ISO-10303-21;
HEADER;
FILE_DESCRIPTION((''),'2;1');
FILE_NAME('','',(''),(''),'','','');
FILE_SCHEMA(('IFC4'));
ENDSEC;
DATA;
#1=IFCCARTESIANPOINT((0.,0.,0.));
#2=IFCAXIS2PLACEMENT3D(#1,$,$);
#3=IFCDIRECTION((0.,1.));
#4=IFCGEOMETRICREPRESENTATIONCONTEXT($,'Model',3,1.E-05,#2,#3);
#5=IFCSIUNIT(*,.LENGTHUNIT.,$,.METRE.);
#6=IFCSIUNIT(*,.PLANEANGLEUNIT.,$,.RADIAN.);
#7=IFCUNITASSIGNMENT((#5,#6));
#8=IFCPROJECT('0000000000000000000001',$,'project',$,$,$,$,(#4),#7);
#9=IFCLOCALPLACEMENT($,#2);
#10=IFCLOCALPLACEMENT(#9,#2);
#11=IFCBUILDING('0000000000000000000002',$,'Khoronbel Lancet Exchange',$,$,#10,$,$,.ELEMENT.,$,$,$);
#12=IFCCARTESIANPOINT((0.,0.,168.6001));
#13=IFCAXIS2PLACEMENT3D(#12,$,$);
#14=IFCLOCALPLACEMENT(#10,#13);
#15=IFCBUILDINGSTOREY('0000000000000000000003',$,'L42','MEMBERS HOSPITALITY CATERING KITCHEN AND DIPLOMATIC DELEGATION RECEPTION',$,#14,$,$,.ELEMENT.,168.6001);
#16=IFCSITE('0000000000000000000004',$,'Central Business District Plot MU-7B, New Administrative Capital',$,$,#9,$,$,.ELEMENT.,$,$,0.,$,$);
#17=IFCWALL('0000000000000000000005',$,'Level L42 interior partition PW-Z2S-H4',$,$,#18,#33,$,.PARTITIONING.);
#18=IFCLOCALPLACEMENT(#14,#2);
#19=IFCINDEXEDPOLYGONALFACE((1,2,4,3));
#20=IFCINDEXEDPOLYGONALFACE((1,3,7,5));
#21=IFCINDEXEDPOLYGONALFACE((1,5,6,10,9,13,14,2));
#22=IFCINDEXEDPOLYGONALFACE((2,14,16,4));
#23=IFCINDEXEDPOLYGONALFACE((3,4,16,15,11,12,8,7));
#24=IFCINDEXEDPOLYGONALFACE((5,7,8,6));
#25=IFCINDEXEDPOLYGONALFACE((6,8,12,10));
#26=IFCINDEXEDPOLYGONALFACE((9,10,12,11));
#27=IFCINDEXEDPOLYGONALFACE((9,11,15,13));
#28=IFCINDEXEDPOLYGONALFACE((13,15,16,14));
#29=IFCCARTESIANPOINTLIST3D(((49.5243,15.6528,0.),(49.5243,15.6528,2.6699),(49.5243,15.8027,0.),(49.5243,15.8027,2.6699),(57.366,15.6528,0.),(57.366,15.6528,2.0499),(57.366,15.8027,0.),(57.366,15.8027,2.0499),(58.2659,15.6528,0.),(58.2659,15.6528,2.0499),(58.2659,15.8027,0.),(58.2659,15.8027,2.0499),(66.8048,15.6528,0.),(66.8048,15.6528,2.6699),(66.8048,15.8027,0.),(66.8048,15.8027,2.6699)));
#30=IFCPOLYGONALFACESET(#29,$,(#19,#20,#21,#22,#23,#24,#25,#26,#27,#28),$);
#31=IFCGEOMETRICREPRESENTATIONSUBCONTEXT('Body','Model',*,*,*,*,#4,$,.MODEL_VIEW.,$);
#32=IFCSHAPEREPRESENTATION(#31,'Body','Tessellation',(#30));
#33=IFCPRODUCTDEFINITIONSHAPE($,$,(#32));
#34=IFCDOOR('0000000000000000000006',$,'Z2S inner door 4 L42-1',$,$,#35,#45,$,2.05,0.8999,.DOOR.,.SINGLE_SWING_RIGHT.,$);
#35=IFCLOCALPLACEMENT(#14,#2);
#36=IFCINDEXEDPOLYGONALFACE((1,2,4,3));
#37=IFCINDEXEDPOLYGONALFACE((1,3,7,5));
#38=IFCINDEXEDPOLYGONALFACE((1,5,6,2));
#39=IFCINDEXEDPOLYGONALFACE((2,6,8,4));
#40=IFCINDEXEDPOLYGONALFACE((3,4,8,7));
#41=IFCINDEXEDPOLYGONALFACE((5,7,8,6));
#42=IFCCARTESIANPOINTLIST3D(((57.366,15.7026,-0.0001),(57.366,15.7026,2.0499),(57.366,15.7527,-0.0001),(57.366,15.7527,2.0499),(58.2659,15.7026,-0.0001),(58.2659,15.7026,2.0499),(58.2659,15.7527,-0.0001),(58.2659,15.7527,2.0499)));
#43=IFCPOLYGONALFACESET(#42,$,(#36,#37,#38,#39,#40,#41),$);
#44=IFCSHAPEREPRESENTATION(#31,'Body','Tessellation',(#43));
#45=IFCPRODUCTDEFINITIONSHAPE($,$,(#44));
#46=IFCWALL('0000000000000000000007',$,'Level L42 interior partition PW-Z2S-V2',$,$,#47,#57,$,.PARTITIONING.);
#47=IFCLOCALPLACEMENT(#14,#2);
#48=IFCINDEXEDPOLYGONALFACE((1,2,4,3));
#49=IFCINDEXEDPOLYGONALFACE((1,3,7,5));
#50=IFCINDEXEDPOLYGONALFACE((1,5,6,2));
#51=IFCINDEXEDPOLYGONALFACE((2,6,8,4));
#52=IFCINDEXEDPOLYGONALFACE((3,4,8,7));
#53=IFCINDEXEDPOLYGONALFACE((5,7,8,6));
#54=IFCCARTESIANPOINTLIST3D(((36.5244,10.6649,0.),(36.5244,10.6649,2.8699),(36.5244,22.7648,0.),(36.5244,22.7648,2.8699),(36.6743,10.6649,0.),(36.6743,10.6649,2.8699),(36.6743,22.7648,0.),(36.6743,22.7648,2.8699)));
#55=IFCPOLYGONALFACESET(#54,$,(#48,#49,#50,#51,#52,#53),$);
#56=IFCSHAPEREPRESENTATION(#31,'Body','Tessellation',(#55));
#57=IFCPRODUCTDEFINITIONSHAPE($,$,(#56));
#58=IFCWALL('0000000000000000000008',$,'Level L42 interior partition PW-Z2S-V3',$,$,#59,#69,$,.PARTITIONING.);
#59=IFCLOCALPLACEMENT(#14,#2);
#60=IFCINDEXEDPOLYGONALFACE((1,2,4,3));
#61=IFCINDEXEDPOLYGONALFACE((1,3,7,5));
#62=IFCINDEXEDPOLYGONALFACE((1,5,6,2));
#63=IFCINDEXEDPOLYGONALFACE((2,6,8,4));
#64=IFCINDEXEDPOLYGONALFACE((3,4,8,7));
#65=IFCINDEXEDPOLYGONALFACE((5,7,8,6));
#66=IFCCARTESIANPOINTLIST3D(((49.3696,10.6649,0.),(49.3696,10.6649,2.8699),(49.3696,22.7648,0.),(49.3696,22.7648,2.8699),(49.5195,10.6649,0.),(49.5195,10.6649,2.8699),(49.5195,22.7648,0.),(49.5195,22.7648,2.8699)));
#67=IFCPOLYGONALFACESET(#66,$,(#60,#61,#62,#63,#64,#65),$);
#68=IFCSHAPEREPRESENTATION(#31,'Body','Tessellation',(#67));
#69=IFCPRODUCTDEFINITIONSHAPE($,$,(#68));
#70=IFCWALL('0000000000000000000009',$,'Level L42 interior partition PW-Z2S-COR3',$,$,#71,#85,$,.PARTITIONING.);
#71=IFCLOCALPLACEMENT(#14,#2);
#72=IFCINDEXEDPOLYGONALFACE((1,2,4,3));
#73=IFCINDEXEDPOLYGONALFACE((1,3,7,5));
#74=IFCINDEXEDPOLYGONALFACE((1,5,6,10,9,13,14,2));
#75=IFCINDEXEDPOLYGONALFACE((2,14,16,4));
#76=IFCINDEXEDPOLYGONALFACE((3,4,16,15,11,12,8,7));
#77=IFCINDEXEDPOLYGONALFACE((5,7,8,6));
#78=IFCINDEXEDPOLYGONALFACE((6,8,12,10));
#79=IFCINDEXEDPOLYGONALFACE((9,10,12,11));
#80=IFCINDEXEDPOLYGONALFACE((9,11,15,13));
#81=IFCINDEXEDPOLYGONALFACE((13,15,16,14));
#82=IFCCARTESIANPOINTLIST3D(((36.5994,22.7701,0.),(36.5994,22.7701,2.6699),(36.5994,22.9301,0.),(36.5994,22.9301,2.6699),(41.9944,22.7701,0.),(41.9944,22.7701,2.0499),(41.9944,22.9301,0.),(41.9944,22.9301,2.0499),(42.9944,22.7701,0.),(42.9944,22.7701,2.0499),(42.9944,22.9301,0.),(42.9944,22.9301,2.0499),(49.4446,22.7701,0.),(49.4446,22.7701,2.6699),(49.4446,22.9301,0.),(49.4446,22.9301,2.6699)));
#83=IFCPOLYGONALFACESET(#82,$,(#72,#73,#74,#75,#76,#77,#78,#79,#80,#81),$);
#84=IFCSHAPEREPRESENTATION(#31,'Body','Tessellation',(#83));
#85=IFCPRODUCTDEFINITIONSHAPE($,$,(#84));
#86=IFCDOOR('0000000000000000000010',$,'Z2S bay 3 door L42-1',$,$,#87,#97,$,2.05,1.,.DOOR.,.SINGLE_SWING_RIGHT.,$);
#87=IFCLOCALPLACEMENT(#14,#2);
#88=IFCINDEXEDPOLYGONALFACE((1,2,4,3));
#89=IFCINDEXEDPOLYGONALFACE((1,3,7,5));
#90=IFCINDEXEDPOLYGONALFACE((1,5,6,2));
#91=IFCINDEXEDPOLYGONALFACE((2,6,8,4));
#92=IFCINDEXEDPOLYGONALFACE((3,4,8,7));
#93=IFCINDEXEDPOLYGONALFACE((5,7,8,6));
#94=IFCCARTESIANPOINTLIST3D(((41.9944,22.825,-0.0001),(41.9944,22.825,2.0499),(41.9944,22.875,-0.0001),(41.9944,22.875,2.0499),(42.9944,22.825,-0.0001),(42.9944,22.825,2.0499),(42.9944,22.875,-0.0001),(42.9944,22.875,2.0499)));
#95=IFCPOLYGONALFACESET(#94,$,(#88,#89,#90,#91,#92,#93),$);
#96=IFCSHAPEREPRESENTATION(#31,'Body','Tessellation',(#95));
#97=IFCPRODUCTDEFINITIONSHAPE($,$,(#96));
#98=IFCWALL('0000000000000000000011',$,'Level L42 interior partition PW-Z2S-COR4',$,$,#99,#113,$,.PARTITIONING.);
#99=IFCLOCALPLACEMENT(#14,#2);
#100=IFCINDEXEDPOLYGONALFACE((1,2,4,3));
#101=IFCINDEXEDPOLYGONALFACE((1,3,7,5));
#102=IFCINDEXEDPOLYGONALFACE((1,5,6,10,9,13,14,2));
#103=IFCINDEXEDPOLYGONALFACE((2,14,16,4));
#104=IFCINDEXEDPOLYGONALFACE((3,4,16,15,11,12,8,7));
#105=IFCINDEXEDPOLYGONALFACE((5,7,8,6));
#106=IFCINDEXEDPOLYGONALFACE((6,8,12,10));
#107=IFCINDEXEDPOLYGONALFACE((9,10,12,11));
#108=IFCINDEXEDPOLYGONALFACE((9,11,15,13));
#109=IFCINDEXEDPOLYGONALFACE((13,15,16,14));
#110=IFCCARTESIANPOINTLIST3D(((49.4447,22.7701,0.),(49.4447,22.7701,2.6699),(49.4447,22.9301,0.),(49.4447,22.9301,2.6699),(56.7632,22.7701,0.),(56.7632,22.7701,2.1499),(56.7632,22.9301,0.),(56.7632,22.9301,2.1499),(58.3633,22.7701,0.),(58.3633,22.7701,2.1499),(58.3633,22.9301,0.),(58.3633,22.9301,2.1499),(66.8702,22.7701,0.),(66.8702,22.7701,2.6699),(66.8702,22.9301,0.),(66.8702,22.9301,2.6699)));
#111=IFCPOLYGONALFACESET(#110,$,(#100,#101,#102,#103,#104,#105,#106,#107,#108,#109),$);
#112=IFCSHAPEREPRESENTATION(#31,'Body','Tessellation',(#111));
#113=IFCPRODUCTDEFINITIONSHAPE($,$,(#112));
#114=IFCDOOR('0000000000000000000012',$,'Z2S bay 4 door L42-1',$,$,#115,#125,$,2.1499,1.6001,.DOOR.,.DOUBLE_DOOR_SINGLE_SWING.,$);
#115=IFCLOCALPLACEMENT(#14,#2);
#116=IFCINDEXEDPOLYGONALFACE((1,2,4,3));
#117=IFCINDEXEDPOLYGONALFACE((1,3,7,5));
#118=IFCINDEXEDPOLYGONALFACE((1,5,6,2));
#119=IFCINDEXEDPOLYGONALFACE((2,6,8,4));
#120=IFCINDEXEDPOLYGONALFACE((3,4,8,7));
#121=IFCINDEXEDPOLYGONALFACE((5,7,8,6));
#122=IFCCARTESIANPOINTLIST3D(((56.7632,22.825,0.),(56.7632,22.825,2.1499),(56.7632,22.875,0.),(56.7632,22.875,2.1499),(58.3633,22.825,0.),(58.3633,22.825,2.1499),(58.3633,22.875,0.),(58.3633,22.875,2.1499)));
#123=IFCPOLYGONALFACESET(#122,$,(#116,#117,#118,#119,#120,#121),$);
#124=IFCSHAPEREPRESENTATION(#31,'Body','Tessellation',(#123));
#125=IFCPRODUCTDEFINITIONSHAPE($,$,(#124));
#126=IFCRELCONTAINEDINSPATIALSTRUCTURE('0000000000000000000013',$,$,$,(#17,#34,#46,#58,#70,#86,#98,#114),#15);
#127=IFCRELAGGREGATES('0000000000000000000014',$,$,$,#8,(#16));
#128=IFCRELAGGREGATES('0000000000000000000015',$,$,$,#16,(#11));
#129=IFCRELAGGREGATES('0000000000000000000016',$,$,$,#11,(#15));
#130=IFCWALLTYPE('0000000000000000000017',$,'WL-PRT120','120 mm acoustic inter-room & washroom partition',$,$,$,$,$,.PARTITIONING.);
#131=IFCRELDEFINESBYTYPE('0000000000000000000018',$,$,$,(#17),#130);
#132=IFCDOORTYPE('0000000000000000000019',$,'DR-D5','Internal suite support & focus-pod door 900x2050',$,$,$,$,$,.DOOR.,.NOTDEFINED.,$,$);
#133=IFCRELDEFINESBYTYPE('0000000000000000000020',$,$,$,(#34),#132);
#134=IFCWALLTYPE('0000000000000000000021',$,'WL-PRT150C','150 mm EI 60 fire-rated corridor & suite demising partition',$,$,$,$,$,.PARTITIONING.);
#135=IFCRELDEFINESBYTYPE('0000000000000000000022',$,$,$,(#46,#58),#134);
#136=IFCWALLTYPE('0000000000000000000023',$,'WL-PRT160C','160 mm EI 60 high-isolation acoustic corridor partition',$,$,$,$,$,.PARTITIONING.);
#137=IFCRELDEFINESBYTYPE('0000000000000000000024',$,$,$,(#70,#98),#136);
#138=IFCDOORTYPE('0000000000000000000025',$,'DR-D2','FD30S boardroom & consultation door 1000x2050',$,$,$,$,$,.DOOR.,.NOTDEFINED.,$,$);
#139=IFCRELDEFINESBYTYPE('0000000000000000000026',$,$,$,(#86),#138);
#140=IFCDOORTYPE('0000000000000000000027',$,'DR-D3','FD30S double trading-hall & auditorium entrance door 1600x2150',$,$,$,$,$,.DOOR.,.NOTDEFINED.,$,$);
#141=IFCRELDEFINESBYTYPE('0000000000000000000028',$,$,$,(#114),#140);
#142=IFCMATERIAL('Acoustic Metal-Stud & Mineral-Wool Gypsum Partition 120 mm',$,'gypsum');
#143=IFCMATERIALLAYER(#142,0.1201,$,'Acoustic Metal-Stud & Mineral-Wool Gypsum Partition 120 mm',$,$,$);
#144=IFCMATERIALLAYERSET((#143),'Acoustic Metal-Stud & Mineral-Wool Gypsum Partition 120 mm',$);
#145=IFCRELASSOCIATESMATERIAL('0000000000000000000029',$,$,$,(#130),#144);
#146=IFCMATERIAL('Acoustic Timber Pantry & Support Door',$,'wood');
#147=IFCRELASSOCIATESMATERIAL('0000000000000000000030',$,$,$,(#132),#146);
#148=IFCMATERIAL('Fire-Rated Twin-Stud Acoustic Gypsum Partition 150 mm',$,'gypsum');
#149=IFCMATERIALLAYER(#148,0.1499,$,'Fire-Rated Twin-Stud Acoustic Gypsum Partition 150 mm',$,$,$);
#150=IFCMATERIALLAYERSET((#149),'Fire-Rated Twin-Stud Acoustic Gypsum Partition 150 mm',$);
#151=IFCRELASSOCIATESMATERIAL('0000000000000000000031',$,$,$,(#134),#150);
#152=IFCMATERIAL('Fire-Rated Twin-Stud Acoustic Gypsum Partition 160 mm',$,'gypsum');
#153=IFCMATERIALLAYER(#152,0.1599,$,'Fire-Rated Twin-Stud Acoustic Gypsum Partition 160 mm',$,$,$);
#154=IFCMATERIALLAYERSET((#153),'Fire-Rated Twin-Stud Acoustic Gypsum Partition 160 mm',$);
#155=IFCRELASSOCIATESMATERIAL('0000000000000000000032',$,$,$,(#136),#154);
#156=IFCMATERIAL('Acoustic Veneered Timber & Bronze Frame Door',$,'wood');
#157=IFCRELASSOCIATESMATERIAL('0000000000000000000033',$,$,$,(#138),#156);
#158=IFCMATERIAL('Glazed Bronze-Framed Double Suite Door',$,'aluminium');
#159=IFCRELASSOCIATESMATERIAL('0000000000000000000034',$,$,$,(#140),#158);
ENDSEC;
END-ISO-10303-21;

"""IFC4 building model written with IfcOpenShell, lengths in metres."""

from ifc_helpers import new_model, si_unit, direction, frame, frame_2d, origin, place, context, subcontext, project, spatial, rectangle, extrude, material, layer, layer_set, type_object, element, fill, save


model = new_model("IFC4")

# Units and contexts
model_context = context("Model", 3, precision=1e-05, world=origin(), true_north=direction((0.0, 1.0)))
body_context = subcontext(model_context, "Body", "Model", "MODEL_VIEW")
ifc_project = project(units=[si_unit("LENGTHUNIT", "METRE"), si_unit("PLANEANGLEUNIT", "RADIAN")], contexts=[model_context])

# Site, building, storey
site_placement = place(None, origin())
site = spatial("IfcSite", under=ifc_project, at=site_placement, Name="Central Business District Plot MU-7B, New Administrative Capital", CompositionType="ELEMENT", RefElevation=0.0)
building_placement = place(site_placement, origin())
building = spatial("IfcBuilding", under=site, at=building_placement, Name="Khoronbel Lancet Exchange", CompositionType="ELEMENT")
storey_placement = place(building_placement, frame((0.0, 0.0, 168.6001)))
storey = spatial("IfcBuildingStorey", under=building, at=storey_placement, Name="L42", Description="MEMBERS HOSPITALITY CATERING KITCHEN AND DIPLOMATIC DELEGATION RECEPTION", CompositionType="ELEMENT", Elevation=168.6001)

# Wall, opening, door
ifc_material_1 = material(Name="Acoustic Metal-Stud & Mineral-Wool Gypsum Partition 120 mm", Category="gypsum")
ifc_layer_1 = layer(ifc_material_1, 0.1201, Name="Acoustic Metal-Stud & Mineral-Wool Gypsum Partition 120 mm")
ifc_layer_set_1 = layer_set([ifc_layer_1], Name="Acoustic Metal-Stud & Mineral-Wool Gypsum Partition 120 mm")
wall_type_1 = type_object("IfcWallType", Name="WL-PRT120", Description="120 mm acoustic inter-room & washroom partition", PredefinedType="PARTITIONING", material=ifc_layer_set_1)
ifc_material_2 = material(Name="Acoustic Timber Pantry & Support Door", Category="wood")
door_type_1 = type_object("IfcDoorType", Name="DR-D5", Description="Internal suite support & focus-pod door 900x2050", OperationType="NOTDEFINED", PredefinedType="DOOR", material=ifc_material_2)
wall_1_placement = place(storey_placement, frame((49.5244, 15.7278, 0.0), z_axis=(0.0, 0.0, 1.0), x_axis=(1.0, 0.0, 0.0)))
wall_1 = element("IfcWall", 1, at=wall_1_placement, inside=storey, type_object=wall_type_1, Name="Level L42 interior partition PW-Z2S-H4", PredefinedType="PARTITIONING", context=body_context, shape_type="SweptSolid", body=[
    extrude(rectangle(XDim=17.2805, YDim=0.1499, at=frame_2d((8.6401, 0.0))), origin(), (0.0, 0.0, 1.0), 2.6699),
])
opening_1_placement = place(wall_1_placement, frame((7.8416, 0.0, 0.0)))
opening_1 = element("IfcOpeningElement", 2, at=opening_1_placement, cuts=wall_1, PredefinedType="OPENING", context=body_context, shape_type="SweptSolid", body=[
    extrude(rectangle(XDim=0.8999, YDim=2.05, at=frame_2d((0.45, 1.0249))), frame((0.0, 0.085, 0.0), z_axis=(0.0, -1.0, 0.0), x_axis=(1.0, 0.0, 0.0)), (0.0, 0.0, 1.0), 0.1699),
])
door_1_placement = place(opening_1_placement, origin())
door_1 = element("IfcDoor", 3, at=door_1_placement, inside=storey, type_object=door_type_1, Name="Z2S inner door 4 L42-1", OperationType="SINGLE_SWING_RIGHT", OverallHeight=2.05, OverallWidth=0.8999, PredefinedType="DOOR", context=body_context, shape_type="SweptSolid", body=[
    extrude(rectangle(XDim=0.8999, YDim=2.05, at=frame_2d((0.45, 1.0249))), frame((0.0, 0.0249, 0.0), z_axis=(0.0, -1.0, 0.0), x_axis=(1.0, 0.0, 0.0)), (0.0, 0.0, 1.0), 0.05),
])
fill(opening_1, door_1)

# Walls
ifc_material_3 = material(Name="Fire-Rated Twin-Stud Acoustic Gypsum Partition 150 mm", Category="gypsum")
ifc_layer_2 = layer(ifc_material_3, 0.1499, Name="Fire-Rated Twin-Stud Acoustic Gypsum Partition 150 mm")
ifc_layer_set_2 = layer_set([ifc_layer_2], Name="Fire-Rated Twin-Stud Acoustic Gypsum Partition 150 mm")
wall_type_2 = type_object("IfcWallType", Name="WL-PRT150C", Description="150 mm EI 60 fire-rated corridor & suite demising partition", PredefinedType="PARTITIONING", material=ifc_layer_set_2)
for number, where, z_axis, x_axis, name in (
    (4, (36.5994, 10.665, 0.0), (0.0, 0.0, 1.0), (0.0, 1.0, 0.0), "Level L42 interior partition PW-Z2S-V2"),
    (5, (49.4446, 10.665, 0.0), (0.0, 0.0, 1.0), (0.0, 1.0, 0.0), "Level L42 interior partition PW-Z2S-V3"),
):
    element("IfcWall", number, at=place(storey_placement, frame(where, z_axis=z_axis, x_axis=x_axis)), inside=storey, type_object=wall_type_2, Name=name, PredefinedType="PARTITIONING", context=body_context, shape_type="SweptSolid", body=[
        extrude(rectangle(XDim=12.0999, YDim=0.1499, at=frame_2d((6.0498, 0.0))), origin(), (0.0, 0.0, 1.0), 2.8699),
    ])

# Walls, openings, doors
ifc_material_4 = material(Name="Fire-Rated Twin-Stud Acoustic Gypsum Partition 160 mm", Category="gypsum")
ifc_layer_3 = layer(ifc_material_4, 0.1599, Name="Fire-Rated Twin-Stud Acoustic Gypsum Partition 160 mm")
ifc_layer_set_3 = layer_set([ifc_layer_3], Name="Fire-Rated Twin-Stud Acoustic Gypsum Partition 160 mm")
wall_type_3 = type_object("IfcWallType", Name="WL-PRT160C", Description="160 mm EI 60 high-isolation acoustic corridor partition", PredefinedType="PARTITIONING", material=ifc_layer_set_3)
wall_2_placement = place(storey_placement, frame((36.5994, 22.8501, 0.0), z_axis=(0.0, 0.0, 1.0), x_axis=(1.0, 0.0, 0.0)))
wall_2 = element("IfcWall", 6, at=wall_2_placement, inside=storey, type_object=wall_type_3, Name="Level L42 interior partition PW-Z2S-COR3", PredefinedType="PARTITIONING", context=body_context, shape_type="SweptSolid", body=[
    extrude(rectangle(XDim=12.8452, YDim=0.1599, at=frame_2d((6.4226, 0.0))), origin(), (0.0, 0.0, 1.0), 2.6699),
])
opening_2_placement = place(wall_2_placement, frame((5.395, 0.0, 0.0)))
opening_2 = element("IfcOpeningElement", 7, at=opening_2_placement, cuts=wall_2, PredefinedType="OPENING", context=body_context, shape_type="SweptSolid", body=[
    extrude(rectangle(XDim=1.0, YDim=2.05, at=frame_2d((0.5, 1.0249))), frame((0.0, 0.0898, 0.0), z_axis=(0.0, -1.0, 0.0), x_axis=(1.0, 0.0, 0.0)), (0.0, 0.0, 1.0), 0.1799),
])
ifc_material_5 = material(Name="Acoustic Veneered Timber & Bronze Frame Door", Category="wood")
door_type_2 = type_object("IfcDoorType", Name="DR-D2", Description="FD30S boardroom & consultation door 1000x2050", OperationType="NOTDEFINED", PredefinedType="DOOR", material=ifc_material_5)
door_2_placement = place(opening_2_placement, origin())
door_2 = element("IfcDoor", 8, at=door_2_placement, inside=storey, type_object=door_type_2, Name="Z2S bay 3 door L42-1", OperationType="SINGLE_SWING_RIGHT", OverallHeight=2.05, OverallWidth=1.0, PredefinedType="DOOR", context=body_context, shape_type="SweptSolid", body=[
    extrude(rectangle(XDim=1.0, YDim=2.05, at=frame_2d((0.5, 1.0249))), frame((0.0, 0.0249, 0.0), z_axis=(0.0, -1.0, 0.0), x_axis=(1.0, 0.0, 0.0)), (0.0, 0.0, 1.0), 0.05),
])
fill(opening_2, door_2)
wall_3_placement = place(storey_placement, frame((49.4446, 22.8501, 0.0), z_axis=(0.0, 0.0, 1.0), x_axis=(1.0, 0.0, 0.0)))
wall_3 = element("IfcWall", 9, at=wall_3_placement, inside=storey, type_object=wall_type_3, Name="Level L42 interior partition PW-Z2S-COR4", PredefinedType="PARTITIONING", context=body_context, shape_type="SweptSolid", body=[
    extrude(rectangle(XDim=17.4255, YDim=0.1599, at=frame_2d((8.7129, 0.0))), origin(), (0.0, 0.0, 1.0), 2.6699),
])
opening_3_placement = place(wall_3_placement, frame((7.3186, 0.0, 0.0)))
opening_3 = element("IfcOpeningElement", 10, at=opening_3_placement, cuts=wall_3, PredefinedType="OPENING", context=body_context, shape_type="SweptSolid", body=[
    extrude(rectangle(XDim=1.6001, YDim=2.1499, at=frame_2d((0.8, 1.075))), frame((0.0, 0.0898, 0.0), z_axis=(0.0, -1.0, 0.0), x_axis=(1.0, 0.0, 0.0)), (0.0, 0.0, 1.0), 0.1799),
])
ifc_material_6 = material(Name="Glazed Bronze-Framed Double Suite Door", Category="aluminium")
door_type_3 = type_object("IfcDoorType", Name="DR-D3", Description="FD30S double trading-hall & auditorium entrance door 1600x2150", OperationType="NOTDEFINED", PredefinedType="DOOR", material=ifc_material_6)
door_3_placement = place(opening_3_placement, origin())
door_3 = element("IfcDoor", 11, at=door_3_placement, inside=storey, type_object=door_type_3, Name="Z2S bay 4 door L42-1", OperationType="DOUBLE_DOOR_SINGLE_SWING", OverallHeight=2.1499, OverallWidth=1.6001, PredefinedType="DOOR", context=body_context, shape_type="SweptSolid", body=[
    extrude(rectangle(XDim=1.6001, YDim=2.1499, at=frame_2d((0.8, 1.075))), frame((0.0, 0.0249, 0.0), z_axis=(0.0, -1.0, 0.0), x_axis=(1.0, 0.0, 0.0)), (0.0, 0.0, 1.0), 0.05),
])
fill(opening_3, door_3)

save(model, "model.ifc")
